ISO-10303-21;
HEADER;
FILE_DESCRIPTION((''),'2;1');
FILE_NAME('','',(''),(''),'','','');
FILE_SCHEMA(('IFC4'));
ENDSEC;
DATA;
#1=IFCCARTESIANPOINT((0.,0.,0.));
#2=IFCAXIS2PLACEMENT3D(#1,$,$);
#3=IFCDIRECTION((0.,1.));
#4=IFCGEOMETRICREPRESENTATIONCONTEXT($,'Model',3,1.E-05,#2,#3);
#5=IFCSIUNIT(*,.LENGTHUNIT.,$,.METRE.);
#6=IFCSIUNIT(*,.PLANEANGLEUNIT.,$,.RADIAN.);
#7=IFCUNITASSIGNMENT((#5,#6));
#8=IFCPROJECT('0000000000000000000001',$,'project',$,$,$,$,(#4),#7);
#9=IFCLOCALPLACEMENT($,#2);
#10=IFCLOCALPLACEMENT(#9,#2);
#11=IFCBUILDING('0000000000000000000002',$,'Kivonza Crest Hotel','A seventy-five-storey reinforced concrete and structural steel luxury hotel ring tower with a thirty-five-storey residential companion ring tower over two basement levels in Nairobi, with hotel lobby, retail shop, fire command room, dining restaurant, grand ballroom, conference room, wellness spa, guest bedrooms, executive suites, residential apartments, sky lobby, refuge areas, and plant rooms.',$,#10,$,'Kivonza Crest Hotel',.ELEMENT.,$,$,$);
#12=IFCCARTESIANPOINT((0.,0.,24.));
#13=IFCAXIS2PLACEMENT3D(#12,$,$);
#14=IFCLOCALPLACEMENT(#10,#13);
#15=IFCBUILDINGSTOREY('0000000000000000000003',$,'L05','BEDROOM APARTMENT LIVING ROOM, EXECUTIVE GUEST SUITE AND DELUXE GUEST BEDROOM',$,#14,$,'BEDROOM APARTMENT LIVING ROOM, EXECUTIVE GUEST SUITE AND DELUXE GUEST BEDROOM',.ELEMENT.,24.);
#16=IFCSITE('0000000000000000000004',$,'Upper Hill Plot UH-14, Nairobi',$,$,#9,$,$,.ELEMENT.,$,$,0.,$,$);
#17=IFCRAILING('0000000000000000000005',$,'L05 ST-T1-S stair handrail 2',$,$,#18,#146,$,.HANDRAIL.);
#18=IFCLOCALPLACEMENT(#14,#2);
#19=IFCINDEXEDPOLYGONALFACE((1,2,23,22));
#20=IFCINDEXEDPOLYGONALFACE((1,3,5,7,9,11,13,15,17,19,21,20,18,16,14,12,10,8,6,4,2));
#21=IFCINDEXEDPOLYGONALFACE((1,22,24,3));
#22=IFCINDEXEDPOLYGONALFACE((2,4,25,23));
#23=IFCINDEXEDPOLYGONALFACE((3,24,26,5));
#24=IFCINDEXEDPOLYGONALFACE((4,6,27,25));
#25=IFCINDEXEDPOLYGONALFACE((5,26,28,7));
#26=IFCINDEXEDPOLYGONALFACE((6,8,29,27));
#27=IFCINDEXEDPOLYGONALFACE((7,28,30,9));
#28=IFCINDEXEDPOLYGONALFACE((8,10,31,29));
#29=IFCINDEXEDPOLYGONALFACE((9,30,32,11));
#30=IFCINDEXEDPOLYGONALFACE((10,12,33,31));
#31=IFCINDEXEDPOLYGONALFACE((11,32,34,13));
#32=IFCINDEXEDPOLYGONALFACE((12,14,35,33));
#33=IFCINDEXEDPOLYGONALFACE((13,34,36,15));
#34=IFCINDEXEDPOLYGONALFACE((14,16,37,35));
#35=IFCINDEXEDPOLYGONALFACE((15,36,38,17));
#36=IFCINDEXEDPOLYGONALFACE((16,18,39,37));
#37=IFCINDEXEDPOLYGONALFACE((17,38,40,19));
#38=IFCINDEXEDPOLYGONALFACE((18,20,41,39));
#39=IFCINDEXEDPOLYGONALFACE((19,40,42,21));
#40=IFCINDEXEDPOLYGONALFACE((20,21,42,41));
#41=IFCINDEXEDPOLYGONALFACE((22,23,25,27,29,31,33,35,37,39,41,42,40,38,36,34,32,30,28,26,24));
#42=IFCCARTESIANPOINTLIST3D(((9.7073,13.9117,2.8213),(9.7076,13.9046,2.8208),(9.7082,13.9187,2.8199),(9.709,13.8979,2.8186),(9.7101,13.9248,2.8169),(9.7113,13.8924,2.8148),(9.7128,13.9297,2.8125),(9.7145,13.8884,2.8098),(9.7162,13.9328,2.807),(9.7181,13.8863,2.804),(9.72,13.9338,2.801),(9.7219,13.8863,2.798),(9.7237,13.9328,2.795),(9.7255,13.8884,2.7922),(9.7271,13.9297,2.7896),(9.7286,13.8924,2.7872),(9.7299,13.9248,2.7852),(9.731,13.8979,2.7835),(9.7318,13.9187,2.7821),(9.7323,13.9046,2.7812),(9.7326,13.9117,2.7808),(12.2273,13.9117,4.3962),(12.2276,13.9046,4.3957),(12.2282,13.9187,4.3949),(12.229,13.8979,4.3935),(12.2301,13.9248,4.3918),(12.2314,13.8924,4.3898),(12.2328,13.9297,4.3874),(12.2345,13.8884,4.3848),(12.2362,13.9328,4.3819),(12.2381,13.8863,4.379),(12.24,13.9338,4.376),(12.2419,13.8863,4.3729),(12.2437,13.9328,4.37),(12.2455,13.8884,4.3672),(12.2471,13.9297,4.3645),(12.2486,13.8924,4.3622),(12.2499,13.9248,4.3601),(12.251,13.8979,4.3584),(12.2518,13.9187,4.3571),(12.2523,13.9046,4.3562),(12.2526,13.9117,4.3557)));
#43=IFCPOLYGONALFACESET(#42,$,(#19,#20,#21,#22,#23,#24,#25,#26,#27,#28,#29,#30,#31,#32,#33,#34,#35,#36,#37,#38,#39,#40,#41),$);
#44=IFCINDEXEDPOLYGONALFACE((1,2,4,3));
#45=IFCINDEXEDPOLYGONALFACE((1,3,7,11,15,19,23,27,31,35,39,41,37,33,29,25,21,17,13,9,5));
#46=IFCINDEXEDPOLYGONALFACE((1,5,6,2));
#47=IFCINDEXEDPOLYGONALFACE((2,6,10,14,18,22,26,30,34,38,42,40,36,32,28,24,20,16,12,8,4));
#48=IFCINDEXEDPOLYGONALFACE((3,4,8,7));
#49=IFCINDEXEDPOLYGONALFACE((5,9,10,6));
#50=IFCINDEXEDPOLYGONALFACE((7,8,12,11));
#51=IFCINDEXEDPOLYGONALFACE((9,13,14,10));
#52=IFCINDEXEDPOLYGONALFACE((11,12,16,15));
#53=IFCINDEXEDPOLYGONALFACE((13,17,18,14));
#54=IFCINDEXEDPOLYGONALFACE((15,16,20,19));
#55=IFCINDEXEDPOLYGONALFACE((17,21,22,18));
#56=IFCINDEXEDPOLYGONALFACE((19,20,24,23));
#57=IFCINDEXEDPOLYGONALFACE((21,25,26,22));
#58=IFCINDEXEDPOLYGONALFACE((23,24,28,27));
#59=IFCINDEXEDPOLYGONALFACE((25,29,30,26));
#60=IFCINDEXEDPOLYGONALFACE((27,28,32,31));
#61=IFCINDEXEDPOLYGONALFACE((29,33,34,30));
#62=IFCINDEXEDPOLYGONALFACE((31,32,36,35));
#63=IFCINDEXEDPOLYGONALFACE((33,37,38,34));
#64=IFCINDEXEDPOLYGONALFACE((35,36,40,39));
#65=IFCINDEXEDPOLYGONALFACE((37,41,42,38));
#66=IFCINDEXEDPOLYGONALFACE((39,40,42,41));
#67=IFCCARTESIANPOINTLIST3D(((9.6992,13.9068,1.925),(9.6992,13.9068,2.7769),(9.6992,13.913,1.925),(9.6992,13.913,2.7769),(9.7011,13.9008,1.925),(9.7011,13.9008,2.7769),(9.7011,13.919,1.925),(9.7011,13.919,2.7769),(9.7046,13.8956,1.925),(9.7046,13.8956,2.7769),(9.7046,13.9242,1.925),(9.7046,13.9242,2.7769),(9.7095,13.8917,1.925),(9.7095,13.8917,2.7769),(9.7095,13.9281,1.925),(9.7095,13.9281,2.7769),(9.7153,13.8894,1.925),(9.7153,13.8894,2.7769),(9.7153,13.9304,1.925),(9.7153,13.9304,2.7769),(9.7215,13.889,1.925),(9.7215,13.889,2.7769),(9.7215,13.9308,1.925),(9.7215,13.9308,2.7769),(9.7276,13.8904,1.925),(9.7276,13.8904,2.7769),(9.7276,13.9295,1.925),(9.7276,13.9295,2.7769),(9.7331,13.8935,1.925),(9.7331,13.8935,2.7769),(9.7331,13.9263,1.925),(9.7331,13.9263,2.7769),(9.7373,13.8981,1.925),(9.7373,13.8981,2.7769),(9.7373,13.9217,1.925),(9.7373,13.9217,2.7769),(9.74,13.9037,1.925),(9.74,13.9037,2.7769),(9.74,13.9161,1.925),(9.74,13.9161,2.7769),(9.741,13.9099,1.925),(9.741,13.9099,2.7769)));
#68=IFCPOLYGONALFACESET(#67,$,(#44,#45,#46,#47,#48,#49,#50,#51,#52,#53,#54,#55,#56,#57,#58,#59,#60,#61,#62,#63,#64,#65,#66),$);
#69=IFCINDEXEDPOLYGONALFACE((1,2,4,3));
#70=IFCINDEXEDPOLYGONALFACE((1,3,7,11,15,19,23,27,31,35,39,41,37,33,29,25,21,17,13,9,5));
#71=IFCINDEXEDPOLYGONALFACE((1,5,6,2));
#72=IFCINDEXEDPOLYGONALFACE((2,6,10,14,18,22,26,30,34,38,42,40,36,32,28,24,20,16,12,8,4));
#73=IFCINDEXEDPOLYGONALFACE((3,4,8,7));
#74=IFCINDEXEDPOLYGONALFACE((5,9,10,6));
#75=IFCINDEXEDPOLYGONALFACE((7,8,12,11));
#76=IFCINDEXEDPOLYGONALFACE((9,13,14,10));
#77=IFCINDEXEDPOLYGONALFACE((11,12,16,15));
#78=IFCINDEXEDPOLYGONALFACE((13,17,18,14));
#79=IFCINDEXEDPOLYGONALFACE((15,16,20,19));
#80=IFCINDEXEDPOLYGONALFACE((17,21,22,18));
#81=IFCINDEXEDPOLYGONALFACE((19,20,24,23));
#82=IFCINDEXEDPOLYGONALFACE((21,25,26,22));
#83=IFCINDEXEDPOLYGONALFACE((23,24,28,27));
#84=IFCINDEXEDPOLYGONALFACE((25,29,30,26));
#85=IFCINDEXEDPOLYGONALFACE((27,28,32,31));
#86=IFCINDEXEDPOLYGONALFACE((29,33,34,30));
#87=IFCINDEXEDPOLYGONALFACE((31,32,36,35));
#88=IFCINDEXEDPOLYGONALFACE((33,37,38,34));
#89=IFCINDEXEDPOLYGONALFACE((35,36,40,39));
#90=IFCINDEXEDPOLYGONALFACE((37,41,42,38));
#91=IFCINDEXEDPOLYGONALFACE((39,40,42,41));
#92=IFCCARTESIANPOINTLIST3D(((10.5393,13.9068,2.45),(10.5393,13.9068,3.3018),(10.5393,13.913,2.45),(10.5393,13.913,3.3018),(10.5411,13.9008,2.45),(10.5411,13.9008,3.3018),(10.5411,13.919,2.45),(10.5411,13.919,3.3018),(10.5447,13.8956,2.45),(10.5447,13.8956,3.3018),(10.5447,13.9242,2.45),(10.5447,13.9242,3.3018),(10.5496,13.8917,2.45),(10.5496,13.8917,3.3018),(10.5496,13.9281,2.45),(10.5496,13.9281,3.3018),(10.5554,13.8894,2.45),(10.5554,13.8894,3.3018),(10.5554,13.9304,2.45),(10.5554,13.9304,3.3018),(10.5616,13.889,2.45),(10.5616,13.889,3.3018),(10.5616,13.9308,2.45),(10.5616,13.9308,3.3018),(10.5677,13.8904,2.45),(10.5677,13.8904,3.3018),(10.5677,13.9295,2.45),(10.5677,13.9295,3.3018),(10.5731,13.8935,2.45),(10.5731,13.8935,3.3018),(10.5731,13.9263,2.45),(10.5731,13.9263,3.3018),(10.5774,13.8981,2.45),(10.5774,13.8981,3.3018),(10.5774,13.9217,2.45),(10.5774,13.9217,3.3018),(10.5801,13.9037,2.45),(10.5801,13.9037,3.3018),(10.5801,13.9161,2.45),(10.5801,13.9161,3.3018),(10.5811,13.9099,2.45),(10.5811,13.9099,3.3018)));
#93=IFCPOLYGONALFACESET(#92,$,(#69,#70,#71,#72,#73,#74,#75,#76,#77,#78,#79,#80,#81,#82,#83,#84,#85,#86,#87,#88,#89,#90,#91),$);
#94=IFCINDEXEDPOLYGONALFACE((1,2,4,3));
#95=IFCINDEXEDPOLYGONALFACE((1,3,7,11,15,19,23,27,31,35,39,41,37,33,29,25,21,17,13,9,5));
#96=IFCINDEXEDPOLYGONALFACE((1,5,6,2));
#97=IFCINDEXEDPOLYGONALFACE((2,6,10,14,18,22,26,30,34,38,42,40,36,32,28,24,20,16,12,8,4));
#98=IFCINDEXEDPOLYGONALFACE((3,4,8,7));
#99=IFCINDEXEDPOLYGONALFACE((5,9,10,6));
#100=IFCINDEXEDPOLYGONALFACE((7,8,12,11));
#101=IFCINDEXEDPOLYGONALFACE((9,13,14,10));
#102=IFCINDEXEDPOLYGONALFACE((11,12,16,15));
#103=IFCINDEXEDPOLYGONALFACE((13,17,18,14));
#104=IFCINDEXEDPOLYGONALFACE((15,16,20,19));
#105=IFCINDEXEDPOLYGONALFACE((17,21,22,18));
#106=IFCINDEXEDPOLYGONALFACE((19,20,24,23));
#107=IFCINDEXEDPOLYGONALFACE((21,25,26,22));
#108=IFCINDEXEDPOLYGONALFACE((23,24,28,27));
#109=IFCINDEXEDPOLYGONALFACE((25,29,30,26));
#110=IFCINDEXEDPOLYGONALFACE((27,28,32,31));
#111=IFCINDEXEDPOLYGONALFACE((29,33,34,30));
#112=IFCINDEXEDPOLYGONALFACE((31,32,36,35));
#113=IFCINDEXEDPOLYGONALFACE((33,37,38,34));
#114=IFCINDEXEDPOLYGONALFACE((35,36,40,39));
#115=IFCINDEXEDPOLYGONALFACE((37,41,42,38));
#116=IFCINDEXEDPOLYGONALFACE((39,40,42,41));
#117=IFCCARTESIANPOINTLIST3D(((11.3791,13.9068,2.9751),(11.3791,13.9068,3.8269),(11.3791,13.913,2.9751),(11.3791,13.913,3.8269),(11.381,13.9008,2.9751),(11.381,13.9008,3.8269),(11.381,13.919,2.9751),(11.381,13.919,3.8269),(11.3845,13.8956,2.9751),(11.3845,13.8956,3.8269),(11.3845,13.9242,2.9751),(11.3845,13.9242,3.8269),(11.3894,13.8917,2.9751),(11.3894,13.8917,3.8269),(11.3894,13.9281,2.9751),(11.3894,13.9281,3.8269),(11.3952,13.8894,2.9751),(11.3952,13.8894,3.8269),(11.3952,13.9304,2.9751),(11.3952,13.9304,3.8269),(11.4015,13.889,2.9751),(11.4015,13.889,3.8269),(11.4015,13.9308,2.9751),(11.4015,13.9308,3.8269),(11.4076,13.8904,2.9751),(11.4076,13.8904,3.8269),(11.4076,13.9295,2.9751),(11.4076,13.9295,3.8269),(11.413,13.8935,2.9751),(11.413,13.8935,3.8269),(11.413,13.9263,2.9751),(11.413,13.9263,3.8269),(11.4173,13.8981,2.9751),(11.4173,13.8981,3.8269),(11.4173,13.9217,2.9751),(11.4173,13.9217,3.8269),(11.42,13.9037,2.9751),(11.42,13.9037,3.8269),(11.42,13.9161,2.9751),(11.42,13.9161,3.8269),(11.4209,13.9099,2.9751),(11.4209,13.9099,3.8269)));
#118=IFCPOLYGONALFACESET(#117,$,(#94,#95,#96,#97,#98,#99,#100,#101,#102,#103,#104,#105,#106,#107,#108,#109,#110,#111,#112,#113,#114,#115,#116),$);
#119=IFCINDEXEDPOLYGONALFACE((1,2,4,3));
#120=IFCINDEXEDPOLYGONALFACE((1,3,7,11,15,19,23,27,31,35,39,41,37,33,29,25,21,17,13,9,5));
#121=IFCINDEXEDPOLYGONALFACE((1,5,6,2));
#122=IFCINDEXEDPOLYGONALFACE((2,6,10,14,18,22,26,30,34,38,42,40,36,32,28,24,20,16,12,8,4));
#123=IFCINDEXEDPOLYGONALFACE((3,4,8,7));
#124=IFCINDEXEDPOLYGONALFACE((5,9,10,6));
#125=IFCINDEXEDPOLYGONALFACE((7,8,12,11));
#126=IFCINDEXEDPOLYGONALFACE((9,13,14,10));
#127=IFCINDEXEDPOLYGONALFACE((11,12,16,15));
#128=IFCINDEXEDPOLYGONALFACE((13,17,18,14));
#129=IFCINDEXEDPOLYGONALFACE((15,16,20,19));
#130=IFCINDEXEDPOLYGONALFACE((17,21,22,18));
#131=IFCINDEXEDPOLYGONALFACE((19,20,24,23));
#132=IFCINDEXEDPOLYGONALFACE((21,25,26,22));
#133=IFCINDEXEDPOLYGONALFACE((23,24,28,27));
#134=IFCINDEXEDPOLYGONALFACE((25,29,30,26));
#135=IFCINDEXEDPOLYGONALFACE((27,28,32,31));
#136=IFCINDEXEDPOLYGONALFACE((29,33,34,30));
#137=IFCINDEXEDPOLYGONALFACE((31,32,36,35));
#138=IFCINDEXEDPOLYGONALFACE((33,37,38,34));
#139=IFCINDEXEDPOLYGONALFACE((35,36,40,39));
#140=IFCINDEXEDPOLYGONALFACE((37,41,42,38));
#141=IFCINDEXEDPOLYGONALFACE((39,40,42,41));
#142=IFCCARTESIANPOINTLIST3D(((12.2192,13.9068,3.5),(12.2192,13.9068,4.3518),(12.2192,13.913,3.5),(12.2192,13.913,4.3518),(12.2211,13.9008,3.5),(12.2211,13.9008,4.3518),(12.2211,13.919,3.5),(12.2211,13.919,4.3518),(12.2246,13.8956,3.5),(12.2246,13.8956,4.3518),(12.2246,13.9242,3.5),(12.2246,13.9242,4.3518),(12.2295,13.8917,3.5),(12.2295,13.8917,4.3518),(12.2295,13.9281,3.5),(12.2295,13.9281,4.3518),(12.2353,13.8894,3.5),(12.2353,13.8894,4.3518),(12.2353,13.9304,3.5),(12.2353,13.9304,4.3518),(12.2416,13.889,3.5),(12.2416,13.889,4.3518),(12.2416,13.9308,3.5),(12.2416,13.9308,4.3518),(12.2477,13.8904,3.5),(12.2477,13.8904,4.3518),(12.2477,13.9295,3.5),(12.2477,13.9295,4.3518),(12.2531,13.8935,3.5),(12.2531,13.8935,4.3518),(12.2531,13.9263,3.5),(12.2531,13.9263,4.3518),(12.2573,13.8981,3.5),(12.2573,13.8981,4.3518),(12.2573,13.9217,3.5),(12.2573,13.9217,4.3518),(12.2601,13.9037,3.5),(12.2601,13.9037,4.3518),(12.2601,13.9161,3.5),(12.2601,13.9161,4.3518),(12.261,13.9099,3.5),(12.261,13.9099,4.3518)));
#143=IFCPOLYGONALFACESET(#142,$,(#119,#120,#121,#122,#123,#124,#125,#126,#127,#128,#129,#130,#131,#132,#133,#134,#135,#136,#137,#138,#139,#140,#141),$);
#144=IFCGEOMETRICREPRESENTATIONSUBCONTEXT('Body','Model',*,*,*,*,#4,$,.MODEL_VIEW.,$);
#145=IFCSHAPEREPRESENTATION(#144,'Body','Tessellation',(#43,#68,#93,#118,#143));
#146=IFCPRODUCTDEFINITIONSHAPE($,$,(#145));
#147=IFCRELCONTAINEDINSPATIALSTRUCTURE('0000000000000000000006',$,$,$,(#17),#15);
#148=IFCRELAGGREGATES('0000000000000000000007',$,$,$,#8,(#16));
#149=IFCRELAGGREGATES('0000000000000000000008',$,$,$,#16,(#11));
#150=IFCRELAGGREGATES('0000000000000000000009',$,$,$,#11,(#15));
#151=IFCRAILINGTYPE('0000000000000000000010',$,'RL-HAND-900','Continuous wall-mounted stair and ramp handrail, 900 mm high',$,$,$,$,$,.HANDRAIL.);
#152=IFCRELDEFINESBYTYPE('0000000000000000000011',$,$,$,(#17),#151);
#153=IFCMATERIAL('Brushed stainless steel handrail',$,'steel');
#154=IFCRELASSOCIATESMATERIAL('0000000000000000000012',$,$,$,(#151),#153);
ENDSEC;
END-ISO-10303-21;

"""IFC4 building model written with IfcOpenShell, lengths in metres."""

from ifc_helpers import new_model, si_unit, direction, frame, origin, origin_2d, place, context, subcontext, project, spatial, circle, extrude, material, type_object, element, save


model = new_model("IFC4")

# Units and contexts
model_context = context("Model", 3, precision=1e-05, world=origin(), true_north=direction((0.0, 1.0)))
body_context = subcontext(model_context, "Body", "Model", "MODEL_VIEW")
ifc_project = project(units=[si_unit("LENGTHUNIT", "METRE"), si_unit("PLANEANGLEUNIT", "RADIAN")], contexts=[model_context])

# Site, building, storey
site_placement = place(None, origin())
site = spatial("IfcSite", under=ifc_project, at=site_placement, Name="Upper Hill Plot UH-14, Nairobi", CompositionType="ELEMENT", RefElevation=0.0)
building_placement = place(site_placement, origin())
building = spatial("IfcBuilding", under=site, at=building_placement, Name="Kivonza Crest Hotel", Description="A seventy-five-storey reinforced concrete and structural steel luxury hotel ring tower with a thirty-five-storey residential companion ring tower over two basement levels in Nairobi, with hotel lobby, retail shop, fire command room, dining restaurant, grand ballroom, conference room, wellness spa, guest bedrooms, executive suites, residential apartments, sky lobby, refuge areas, and plant rooms.", LongName="Kivonza Crest Hotel", CompositionType="ELEMENT")
storey_placement = place(building_placement, frame((0.0, 0.0, 24.0)))
storey = spatial("IfcBuildingStorey", under=building, at=storey_placement, Name="L05", Description="BEDROOM APARTMENT LIVING ROOM, EXECUTIVE GUEST SUITE AND DELUXE GUEST BEDROOM", LongName="BEDROOM APARTMENT LIVING ROOM, EXECUTIVE GUEST SUITE AND DELUXE GUEST BEDROOM", CompositionType="ELEMENT", Elevation=24.0)

# Railing
ifc_material_1 = material(Name="Brushed stainless steel handrail", Category="steel")
railing_type_1 = type_object("IfcRailingType", Name="RL-HAND-900", Description="Continuous wall-mounted stair and ramp handrail, 900 mm high", PredefinedType="HANDRAIL", material=ifc_material_1)
railing_1_placement = place(storey_placement, frame((9.72, 13.9099, 1.925)))
element("IfcRailing", 1, at=railing_1_placement, inside=storey, type_object=railing_type_1, Name="L05 ST-T1-S stair handrail 2", PredefinedType="HANDRAIL", context=body_context, shape_type="SweptSolid", body=[
    extrude(circle(Radius=0.0239, at=origin_2d()), frame((0.0, 0.0, 0.876), z_axis=(0.848008, 0.0, 0.529984), x_axis=(0.0, 1.0, 0.0)), (0.0, 0.0, 1.0), 2.9717),
    extrude(circle(Radius=0.021, at=origin_2d()), origin(), (0.0, 0.0, 1.0), 0.8518),
    extrude(circle(Radius=0.021, at=origin_2d()), frame((0.8401, 0.0, 0.5249)), (0.0, 0.0, 1.0), 0.8518),
    extrude(circle(Radius=0.021, at=origin_2d()), frame((1.6799, 0.0, 1.05)), (0.0, 0.0, 1.0), 0.8518),
    extrude(circle(Radius=0.021, at=origin_2d()), frame((2.52, 0.0, 1.575)), (0.0, 0.0, 1.0), 0.8518),
])

save(model, "model.ifc")
